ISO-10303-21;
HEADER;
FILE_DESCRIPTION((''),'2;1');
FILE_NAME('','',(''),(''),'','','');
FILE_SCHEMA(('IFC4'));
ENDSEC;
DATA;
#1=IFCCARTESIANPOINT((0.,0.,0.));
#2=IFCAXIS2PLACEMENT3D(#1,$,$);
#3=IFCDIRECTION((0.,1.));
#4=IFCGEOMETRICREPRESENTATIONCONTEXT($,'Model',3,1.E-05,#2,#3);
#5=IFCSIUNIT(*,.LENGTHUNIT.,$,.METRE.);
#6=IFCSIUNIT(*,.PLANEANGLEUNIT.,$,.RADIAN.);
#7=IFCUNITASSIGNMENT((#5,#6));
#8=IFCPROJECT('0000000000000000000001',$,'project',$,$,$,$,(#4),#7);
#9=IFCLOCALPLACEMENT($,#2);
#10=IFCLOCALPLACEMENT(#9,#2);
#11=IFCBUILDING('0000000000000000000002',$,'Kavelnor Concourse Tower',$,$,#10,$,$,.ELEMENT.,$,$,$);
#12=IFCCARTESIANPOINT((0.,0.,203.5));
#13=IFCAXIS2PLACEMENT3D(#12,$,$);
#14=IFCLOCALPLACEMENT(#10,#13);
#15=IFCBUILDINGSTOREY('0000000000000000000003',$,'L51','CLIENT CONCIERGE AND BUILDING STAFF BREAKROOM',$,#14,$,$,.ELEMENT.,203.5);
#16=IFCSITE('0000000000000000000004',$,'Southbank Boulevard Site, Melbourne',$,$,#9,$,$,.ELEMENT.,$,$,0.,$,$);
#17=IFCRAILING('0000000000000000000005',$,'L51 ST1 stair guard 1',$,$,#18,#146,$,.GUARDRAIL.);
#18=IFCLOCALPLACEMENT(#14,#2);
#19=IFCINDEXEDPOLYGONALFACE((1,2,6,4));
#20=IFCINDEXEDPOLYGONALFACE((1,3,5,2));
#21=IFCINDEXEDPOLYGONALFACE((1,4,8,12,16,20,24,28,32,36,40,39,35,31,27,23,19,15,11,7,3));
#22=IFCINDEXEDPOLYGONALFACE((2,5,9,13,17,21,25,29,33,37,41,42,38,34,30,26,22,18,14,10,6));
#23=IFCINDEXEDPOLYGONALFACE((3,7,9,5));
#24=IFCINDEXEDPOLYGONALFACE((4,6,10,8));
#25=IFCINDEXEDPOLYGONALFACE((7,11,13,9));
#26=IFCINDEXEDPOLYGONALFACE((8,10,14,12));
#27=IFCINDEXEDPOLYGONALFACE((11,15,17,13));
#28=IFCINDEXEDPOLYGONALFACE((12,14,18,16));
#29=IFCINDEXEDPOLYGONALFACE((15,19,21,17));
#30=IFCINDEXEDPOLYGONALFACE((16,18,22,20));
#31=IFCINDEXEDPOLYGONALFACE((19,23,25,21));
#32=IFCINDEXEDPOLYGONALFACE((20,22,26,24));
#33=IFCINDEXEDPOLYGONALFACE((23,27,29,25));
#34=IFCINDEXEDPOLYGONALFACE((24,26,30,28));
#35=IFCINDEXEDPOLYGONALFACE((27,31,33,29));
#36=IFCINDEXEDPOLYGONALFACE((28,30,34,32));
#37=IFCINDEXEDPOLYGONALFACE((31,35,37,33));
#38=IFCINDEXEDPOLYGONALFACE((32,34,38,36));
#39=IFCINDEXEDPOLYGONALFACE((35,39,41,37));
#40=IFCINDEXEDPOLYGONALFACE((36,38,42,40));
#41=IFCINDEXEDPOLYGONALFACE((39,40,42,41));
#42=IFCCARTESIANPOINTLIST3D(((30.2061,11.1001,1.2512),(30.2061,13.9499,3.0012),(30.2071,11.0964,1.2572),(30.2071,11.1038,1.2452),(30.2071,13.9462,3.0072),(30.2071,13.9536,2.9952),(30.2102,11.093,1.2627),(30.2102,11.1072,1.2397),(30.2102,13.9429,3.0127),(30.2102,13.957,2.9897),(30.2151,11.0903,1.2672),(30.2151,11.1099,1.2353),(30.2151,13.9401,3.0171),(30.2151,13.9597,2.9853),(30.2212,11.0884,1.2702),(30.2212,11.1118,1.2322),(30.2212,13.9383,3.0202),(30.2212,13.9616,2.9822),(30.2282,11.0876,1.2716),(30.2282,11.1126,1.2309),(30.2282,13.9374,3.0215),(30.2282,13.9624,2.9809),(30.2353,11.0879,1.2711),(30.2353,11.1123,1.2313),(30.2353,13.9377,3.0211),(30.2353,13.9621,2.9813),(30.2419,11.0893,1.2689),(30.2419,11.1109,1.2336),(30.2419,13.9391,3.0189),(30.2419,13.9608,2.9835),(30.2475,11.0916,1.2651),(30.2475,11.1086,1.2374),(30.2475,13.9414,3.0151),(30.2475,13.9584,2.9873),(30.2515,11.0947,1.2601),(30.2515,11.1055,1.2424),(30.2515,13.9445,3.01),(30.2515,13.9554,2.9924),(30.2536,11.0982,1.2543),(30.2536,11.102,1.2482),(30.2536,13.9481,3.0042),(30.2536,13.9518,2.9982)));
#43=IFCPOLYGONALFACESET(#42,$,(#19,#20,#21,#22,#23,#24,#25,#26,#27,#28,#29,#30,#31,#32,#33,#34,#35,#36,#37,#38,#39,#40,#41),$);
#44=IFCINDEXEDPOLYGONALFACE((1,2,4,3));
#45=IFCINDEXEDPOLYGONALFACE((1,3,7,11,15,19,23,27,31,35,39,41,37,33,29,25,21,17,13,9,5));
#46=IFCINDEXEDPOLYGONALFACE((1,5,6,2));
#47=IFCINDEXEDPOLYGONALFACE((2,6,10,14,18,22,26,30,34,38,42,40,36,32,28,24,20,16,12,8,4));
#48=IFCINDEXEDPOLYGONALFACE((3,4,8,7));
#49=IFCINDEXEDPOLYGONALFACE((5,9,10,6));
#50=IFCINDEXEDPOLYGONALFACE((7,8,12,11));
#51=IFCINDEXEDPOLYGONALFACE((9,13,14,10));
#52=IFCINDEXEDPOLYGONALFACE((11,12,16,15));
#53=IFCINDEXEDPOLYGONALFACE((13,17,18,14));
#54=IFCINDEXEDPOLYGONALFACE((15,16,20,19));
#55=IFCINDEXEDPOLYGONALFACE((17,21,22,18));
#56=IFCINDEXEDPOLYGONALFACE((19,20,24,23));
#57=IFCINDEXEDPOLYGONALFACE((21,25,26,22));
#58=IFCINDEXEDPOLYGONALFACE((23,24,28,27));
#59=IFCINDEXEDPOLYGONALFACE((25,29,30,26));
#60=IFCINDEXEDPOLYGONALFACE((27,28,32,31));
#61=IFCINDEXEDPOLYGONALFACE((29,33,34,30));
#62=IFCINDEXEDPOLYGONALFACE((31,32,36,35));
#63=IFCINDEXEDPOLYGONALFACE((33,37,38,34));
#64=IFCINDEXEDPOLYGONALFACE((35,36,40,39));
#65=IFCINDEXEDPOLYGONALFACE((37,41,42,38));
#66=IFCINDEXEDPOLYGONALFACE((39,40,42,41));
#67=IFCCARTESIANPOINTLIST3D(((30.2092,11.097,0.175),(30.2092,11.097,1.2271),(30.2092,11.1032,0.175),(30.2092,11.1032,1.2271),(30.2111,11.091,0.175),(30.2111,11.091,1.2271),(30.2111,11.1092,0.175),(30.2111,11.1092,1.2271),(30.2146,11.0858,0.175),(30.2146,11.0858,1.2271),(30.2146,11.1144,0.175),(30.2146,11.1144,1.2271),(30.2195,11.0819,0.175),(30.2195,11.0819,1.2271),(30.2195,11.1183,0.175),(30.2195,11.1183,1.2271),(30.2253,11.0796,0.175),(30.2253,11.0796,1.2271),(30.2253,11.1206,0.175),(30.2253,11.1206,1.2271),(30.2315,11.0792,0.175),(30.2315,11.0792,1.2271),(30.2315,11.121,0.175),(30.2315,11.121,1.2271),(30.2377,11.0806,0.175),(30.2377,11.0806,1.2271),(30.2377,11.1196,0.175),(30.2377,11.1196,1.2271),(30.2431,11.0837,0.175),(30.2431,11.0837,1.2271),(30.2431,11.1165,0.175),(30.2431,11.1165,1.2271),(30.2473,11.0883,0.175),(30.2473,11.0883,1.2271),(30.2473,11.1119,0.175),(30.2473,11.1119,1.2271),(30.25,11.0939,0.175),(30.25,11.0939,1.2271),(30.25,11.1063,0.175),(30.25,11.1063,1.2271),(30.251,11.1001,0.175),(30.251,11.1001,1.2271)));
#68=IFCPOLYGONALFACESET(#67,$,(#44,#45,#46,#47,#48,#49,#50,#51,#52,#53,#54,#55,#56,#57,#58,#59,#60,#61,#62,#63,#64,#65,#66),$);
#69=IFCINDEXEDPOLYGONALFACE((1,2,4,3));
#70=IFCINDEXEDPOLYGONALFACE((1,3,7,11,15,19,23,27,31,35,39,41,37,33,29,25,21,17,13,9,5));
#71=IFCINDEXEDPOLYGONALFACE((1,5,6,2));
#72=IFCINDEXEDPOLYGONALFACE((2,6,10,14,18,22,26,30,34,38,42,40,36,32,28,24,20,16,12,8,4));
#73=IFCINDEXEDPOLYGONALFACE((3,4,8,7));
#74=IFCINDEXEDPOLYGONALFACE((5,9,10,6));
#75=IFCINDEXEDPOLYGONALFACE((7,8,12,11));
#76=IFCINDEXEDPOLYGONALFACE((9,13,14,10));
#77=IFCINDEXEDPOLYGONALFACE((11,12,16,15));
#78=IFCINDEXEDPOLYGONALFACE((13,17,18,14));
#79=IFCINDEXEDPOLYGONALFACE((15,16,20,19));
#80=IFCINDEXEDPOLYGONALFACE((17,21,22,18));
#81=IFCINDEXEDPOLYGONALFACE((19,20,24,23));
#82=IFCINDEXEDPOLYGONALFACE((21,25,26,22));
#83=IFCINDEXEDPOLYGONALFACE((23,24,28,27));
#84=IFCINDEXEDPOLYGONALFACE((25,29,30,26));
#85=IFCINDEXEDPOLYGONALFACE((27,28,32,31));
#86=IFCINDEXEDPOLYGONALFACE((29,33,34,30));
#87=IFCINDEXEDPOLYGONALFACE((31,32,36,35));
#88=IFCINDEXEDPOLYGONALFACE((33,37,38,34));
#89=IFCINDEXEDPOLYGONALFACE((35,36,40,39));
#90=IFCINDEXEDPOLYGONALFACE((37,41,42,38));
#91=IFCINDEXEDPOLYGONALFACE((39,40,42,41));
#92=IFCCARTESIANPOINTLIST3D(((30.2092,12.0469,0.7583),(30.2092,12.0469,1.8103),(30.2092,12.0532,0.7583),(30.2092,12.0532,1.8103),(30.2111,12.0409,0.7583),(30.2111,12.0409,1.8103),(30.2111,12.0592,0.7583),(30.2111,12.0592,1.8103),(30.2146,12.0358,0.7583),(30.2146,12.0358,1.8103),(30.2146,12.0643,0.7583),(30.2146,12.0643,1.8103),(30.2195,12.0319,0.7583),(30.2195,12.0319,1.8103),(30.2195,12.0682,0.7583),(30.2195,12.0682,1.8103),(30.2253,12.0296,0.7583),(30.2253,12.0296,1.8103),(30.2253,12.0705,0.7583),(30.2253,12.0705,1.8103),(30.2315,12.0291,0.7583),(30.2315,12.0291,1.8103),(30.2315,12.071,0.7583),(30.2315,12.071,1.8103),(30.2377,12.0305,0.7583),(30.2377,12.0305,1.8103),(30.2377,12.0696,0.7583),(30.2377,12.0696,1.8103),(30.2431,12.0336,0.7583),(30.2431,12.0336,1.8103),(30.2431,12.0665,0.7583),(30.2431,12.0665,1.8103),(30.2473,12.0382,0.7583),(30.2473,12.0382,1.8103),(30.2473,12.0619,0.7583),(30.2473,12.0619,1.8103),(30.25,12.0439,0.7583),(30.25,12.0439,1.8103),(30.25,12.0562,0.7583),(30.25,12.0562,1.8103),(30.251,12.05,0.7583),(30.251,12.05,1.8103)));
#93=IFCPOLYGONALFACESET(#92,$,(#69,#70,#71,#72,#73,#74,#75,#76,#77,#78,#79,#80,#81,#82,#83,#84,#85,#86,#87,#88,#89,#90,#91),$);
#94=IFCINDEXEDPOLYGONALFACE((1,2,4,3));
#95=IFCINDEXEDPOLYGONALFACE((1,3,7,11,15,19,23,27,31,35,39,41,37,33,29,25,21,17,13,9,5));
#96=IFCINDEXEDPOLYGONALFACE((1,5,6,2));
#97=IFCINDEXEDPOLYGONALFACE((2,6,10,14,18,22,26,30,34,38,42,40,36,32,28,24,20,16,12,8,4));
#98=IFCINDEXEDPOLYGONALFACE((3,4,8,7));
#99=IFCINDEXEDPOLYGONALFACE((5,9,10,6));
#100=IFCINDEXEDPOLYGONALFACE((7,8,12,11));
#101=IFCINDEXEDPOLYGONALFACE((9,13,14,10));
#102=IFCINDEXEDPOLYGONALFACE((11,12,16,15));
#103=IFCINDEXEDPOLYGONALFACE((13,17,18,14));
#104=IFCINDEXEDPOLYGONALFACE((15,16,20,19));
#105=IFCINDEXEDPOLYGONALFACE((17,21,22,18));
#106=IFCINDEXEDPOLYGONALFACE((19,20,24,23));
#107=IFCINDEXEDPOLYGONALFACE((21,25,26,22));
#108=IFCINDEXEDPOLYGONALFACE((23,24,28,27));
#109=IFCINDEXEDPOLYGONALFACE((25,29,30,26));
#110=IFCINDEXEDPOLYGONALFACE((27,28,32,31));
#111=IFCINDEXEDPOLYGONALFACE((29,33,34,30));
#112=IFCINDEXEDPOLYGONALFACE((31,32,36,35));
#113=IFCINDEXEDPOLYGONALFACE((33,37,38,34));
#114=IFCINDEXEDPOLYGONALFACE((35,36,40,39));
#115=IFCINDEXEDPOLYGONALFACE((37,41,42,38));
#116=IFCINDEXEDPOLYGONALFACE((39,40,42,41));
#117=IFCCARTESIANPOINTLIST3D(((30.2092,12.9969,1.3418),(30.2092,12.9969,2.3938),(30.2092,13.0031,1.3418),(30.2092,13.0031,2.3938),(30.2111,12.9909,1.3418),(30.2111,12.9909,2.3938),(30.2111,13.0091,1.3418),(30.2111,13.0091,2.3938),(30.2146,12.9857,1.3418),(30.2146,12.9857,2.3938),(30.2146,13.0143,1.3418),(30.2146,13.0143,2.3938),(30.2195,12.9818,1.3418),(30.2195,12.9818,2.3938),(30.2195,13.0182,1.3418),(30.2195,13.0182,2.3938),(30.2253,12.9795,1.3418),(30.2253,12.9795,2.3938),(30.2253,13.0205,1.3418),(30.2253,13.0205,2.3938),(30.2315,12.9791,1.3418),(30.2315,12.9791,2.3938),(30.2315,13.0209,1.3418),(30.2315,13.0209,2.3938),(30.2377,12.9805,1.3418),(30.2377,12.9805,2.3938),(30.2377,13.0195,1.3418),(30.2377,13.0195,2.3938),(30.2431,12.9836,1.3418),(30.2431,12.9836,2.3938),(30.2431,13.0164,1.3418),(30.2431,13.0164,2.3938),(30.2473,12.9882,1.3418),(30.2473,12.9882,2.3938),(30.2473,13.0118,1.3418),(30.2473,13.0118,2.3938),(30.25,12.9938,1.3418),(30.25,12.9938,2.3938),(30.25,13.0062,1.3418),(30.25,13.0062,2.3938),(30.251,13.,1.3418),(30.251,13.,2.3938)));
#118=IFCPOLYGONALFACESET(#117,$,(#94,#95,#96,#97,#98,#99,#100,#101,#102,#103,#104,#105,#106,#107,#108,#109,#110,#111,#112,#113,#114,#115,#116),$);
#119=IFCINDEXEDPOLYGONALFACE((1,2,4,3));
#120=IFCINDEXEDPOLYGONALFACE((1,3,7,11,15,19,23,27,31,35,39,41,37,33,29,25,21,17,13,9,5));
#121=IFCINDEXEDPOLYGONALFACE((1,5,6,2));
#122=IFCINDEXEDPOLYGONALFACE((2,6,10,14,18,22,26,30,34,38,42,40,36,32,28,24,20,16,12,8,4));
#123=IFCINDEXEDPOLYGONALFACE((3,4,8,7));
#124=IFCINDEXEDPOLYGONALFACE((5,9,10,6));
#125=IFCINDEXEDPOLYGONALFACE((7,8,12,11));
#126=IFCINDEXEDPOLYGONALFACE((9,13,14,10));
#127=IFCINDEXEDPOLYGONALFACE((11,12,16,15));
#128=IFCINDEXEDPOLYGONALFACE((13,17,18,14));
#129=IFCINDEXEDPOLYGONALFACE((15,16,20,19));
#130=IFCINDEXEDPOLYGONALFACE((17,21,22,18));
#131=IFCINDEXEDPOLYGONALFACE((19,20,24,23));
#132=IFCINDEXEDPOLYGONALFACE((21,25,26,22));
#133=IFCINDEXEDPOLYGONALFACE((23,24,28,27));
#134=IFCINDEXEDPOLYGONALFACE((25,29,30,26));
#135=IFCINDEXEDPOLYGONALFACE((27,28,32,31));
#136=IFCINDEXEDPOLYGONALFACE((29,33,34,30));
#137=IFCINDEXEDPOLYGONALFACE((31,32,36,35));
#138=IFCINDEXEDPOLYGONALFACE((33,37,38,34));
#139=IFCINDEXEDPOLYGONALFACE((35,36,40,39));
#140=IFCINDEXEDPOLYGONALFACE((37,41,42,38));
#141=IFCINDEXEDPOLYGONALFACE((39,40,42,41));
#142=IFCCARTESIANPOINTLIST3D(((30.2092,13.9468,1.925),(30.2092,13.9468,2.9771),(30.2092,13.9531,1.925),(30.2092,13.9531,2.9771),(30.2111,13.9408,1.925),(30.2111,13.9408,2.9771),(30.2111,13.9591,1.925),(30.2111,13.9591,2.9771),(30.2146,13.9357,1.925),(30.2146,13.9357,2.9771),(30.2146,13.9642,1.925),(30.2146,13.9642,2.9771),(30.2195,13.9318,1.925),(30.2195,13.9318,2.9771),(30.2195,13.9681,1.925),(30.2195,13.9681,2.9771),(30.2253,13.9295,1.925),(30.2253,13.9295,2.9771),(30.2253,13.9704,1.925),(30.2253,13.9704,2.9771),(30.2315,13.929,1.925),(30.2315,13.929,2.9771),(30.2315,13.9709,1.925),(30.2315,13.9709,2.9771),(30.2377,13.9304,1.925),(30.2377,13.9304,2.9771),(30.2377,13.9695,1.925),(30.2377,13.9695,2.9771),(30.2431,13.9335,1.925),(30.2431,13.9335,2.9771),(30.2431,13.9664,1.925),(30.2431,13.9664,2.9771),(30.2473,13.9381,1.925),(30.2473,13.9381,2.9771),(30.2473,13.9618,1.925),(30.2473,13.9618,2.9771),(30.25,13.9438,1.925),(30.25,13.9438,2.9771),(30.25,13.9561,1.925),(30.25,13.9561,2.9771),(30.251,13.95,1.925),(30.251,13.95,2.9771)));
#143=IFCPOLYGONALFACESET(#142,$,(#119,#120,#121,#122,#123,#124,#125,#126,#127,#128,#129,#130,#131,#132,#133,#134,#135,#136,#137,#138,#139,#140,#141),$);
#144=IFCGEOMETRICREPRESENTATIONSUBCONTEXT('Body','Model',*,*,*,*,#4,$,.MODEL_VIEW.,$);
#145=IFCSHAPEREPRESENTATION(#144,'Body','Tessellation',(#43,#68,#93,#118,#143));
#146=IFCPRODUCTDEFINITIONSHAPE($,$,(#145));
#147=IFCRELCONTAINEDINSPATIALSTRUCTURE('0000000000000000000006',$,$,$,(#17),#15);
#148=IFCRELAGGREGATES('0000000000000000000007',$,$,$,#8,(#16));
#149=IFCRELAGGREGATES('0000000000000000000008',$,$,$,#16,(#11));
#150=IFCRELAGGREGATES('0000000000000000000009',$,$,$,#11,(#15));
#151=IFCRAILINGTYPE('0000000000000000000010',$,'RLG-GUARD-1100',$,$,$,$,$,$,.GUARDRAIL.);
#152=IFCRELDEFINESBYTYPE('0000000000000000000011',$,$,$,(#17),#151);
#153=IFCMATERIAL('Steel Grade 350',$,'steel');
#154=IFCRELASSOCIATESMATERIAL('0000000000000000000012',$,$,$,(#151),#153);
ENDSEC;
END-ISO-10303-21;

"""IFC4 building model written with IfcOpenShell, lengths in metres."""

from ifc_helpers import new_model, si_unit, direction, frame, origin, origin_2d, place, context, subcontext, project, spatial, circle, extrude, material, type_object, element, save


model = new_model("IFC4")

# Units and contexts
model_context = context("Model", 3, precision=1e-05, world=origin(), true_north=direction((0.0, 1.0)))
body_context = subcontext(model_context, "Body", "Model", "MODEL_VIEW")
ifc_project = project(units=[si_unit("LENGTHUNIT", "METRE"), si_unit("PLANEANGLEUNIT", "RADIAN")], contexts=[model_context])

# Site, building, storey
site_placement = place(None, origin())
site = spatial("IfcSite", under=ifc_project, at=site_placement, Name="Southbank Boulevard Site, Melbourne", CompositionType="ELEMENT", RefElevation=0.0)
building_placement = place(site_placement, origin())
building = spatial("IfcBuilding", under=site, at=building_placement, Name="Kavelnor Concourse Tower", CompositionType="ELEMENT")
storey_placement = place(building_placement, frame((0.0, 0.0, 203.5)))
storey = spatial("IfcBuildingStorey", under=building, at=storey_placement, Name="L51", Description="CLIENT CONCIERGE AND BUILDING STAFF BREAKROOM", CompositionType="ELEMENT", Elevation=203.5)

# Shared definitions
ifc_material_1 = material(Name="Steel Grade 350", Category="steel")

# Railing
railing_type_1 = type_object("IfcRailingType", Name="RLG-GUARD-1100", PredefinedType="GUARDRAIL", material=ifc_material_1)
railing_1_placement = place(storey_placement, frame((30.23, 11.1001, 0.175)))
element("IfcRailing", 1, at=railing_1_placement, inside=storey, type_object=railing_type_1, Name="L51 ST1 stair guard 1", PredefinedType="GUARDRAIL", context=body_context, shape_type="SweptSolid", body=[
    extrude(circle(Radius=0.0239, at=origin_2d()), frame((0.0, 0.0, 1.0762), z_axis=(0.0, 0.852159, 0.523283), x_axis=(-1.0, 0.0, 0.0)), (0.0, 0.0, 1.0), 3.3442),
    extrude(circle(Radius=0.021, at=origin_2d()), origin(), (0.0, 0.0, 1.0), 1.052),
    extrude(circle(Radius=0.021, at=origin_2d()), frame((0.0, 0.95, 0.5833)), (0.0, 0.0, 1.0), 1.052),
    extrude(circle(Radius=0.021, at=origin_2d()), frame((0.0, 1.8999, 1.1667)), (0.0, 0.0, 1.0), 1.052),
    extrude(circle(Radius=0.021, at=origin_2d()), frame((0.0, 2.8499, 1.75)), (0.0, 0.0, 1.0), 1.052),
])

save(model, "model.ifc")
